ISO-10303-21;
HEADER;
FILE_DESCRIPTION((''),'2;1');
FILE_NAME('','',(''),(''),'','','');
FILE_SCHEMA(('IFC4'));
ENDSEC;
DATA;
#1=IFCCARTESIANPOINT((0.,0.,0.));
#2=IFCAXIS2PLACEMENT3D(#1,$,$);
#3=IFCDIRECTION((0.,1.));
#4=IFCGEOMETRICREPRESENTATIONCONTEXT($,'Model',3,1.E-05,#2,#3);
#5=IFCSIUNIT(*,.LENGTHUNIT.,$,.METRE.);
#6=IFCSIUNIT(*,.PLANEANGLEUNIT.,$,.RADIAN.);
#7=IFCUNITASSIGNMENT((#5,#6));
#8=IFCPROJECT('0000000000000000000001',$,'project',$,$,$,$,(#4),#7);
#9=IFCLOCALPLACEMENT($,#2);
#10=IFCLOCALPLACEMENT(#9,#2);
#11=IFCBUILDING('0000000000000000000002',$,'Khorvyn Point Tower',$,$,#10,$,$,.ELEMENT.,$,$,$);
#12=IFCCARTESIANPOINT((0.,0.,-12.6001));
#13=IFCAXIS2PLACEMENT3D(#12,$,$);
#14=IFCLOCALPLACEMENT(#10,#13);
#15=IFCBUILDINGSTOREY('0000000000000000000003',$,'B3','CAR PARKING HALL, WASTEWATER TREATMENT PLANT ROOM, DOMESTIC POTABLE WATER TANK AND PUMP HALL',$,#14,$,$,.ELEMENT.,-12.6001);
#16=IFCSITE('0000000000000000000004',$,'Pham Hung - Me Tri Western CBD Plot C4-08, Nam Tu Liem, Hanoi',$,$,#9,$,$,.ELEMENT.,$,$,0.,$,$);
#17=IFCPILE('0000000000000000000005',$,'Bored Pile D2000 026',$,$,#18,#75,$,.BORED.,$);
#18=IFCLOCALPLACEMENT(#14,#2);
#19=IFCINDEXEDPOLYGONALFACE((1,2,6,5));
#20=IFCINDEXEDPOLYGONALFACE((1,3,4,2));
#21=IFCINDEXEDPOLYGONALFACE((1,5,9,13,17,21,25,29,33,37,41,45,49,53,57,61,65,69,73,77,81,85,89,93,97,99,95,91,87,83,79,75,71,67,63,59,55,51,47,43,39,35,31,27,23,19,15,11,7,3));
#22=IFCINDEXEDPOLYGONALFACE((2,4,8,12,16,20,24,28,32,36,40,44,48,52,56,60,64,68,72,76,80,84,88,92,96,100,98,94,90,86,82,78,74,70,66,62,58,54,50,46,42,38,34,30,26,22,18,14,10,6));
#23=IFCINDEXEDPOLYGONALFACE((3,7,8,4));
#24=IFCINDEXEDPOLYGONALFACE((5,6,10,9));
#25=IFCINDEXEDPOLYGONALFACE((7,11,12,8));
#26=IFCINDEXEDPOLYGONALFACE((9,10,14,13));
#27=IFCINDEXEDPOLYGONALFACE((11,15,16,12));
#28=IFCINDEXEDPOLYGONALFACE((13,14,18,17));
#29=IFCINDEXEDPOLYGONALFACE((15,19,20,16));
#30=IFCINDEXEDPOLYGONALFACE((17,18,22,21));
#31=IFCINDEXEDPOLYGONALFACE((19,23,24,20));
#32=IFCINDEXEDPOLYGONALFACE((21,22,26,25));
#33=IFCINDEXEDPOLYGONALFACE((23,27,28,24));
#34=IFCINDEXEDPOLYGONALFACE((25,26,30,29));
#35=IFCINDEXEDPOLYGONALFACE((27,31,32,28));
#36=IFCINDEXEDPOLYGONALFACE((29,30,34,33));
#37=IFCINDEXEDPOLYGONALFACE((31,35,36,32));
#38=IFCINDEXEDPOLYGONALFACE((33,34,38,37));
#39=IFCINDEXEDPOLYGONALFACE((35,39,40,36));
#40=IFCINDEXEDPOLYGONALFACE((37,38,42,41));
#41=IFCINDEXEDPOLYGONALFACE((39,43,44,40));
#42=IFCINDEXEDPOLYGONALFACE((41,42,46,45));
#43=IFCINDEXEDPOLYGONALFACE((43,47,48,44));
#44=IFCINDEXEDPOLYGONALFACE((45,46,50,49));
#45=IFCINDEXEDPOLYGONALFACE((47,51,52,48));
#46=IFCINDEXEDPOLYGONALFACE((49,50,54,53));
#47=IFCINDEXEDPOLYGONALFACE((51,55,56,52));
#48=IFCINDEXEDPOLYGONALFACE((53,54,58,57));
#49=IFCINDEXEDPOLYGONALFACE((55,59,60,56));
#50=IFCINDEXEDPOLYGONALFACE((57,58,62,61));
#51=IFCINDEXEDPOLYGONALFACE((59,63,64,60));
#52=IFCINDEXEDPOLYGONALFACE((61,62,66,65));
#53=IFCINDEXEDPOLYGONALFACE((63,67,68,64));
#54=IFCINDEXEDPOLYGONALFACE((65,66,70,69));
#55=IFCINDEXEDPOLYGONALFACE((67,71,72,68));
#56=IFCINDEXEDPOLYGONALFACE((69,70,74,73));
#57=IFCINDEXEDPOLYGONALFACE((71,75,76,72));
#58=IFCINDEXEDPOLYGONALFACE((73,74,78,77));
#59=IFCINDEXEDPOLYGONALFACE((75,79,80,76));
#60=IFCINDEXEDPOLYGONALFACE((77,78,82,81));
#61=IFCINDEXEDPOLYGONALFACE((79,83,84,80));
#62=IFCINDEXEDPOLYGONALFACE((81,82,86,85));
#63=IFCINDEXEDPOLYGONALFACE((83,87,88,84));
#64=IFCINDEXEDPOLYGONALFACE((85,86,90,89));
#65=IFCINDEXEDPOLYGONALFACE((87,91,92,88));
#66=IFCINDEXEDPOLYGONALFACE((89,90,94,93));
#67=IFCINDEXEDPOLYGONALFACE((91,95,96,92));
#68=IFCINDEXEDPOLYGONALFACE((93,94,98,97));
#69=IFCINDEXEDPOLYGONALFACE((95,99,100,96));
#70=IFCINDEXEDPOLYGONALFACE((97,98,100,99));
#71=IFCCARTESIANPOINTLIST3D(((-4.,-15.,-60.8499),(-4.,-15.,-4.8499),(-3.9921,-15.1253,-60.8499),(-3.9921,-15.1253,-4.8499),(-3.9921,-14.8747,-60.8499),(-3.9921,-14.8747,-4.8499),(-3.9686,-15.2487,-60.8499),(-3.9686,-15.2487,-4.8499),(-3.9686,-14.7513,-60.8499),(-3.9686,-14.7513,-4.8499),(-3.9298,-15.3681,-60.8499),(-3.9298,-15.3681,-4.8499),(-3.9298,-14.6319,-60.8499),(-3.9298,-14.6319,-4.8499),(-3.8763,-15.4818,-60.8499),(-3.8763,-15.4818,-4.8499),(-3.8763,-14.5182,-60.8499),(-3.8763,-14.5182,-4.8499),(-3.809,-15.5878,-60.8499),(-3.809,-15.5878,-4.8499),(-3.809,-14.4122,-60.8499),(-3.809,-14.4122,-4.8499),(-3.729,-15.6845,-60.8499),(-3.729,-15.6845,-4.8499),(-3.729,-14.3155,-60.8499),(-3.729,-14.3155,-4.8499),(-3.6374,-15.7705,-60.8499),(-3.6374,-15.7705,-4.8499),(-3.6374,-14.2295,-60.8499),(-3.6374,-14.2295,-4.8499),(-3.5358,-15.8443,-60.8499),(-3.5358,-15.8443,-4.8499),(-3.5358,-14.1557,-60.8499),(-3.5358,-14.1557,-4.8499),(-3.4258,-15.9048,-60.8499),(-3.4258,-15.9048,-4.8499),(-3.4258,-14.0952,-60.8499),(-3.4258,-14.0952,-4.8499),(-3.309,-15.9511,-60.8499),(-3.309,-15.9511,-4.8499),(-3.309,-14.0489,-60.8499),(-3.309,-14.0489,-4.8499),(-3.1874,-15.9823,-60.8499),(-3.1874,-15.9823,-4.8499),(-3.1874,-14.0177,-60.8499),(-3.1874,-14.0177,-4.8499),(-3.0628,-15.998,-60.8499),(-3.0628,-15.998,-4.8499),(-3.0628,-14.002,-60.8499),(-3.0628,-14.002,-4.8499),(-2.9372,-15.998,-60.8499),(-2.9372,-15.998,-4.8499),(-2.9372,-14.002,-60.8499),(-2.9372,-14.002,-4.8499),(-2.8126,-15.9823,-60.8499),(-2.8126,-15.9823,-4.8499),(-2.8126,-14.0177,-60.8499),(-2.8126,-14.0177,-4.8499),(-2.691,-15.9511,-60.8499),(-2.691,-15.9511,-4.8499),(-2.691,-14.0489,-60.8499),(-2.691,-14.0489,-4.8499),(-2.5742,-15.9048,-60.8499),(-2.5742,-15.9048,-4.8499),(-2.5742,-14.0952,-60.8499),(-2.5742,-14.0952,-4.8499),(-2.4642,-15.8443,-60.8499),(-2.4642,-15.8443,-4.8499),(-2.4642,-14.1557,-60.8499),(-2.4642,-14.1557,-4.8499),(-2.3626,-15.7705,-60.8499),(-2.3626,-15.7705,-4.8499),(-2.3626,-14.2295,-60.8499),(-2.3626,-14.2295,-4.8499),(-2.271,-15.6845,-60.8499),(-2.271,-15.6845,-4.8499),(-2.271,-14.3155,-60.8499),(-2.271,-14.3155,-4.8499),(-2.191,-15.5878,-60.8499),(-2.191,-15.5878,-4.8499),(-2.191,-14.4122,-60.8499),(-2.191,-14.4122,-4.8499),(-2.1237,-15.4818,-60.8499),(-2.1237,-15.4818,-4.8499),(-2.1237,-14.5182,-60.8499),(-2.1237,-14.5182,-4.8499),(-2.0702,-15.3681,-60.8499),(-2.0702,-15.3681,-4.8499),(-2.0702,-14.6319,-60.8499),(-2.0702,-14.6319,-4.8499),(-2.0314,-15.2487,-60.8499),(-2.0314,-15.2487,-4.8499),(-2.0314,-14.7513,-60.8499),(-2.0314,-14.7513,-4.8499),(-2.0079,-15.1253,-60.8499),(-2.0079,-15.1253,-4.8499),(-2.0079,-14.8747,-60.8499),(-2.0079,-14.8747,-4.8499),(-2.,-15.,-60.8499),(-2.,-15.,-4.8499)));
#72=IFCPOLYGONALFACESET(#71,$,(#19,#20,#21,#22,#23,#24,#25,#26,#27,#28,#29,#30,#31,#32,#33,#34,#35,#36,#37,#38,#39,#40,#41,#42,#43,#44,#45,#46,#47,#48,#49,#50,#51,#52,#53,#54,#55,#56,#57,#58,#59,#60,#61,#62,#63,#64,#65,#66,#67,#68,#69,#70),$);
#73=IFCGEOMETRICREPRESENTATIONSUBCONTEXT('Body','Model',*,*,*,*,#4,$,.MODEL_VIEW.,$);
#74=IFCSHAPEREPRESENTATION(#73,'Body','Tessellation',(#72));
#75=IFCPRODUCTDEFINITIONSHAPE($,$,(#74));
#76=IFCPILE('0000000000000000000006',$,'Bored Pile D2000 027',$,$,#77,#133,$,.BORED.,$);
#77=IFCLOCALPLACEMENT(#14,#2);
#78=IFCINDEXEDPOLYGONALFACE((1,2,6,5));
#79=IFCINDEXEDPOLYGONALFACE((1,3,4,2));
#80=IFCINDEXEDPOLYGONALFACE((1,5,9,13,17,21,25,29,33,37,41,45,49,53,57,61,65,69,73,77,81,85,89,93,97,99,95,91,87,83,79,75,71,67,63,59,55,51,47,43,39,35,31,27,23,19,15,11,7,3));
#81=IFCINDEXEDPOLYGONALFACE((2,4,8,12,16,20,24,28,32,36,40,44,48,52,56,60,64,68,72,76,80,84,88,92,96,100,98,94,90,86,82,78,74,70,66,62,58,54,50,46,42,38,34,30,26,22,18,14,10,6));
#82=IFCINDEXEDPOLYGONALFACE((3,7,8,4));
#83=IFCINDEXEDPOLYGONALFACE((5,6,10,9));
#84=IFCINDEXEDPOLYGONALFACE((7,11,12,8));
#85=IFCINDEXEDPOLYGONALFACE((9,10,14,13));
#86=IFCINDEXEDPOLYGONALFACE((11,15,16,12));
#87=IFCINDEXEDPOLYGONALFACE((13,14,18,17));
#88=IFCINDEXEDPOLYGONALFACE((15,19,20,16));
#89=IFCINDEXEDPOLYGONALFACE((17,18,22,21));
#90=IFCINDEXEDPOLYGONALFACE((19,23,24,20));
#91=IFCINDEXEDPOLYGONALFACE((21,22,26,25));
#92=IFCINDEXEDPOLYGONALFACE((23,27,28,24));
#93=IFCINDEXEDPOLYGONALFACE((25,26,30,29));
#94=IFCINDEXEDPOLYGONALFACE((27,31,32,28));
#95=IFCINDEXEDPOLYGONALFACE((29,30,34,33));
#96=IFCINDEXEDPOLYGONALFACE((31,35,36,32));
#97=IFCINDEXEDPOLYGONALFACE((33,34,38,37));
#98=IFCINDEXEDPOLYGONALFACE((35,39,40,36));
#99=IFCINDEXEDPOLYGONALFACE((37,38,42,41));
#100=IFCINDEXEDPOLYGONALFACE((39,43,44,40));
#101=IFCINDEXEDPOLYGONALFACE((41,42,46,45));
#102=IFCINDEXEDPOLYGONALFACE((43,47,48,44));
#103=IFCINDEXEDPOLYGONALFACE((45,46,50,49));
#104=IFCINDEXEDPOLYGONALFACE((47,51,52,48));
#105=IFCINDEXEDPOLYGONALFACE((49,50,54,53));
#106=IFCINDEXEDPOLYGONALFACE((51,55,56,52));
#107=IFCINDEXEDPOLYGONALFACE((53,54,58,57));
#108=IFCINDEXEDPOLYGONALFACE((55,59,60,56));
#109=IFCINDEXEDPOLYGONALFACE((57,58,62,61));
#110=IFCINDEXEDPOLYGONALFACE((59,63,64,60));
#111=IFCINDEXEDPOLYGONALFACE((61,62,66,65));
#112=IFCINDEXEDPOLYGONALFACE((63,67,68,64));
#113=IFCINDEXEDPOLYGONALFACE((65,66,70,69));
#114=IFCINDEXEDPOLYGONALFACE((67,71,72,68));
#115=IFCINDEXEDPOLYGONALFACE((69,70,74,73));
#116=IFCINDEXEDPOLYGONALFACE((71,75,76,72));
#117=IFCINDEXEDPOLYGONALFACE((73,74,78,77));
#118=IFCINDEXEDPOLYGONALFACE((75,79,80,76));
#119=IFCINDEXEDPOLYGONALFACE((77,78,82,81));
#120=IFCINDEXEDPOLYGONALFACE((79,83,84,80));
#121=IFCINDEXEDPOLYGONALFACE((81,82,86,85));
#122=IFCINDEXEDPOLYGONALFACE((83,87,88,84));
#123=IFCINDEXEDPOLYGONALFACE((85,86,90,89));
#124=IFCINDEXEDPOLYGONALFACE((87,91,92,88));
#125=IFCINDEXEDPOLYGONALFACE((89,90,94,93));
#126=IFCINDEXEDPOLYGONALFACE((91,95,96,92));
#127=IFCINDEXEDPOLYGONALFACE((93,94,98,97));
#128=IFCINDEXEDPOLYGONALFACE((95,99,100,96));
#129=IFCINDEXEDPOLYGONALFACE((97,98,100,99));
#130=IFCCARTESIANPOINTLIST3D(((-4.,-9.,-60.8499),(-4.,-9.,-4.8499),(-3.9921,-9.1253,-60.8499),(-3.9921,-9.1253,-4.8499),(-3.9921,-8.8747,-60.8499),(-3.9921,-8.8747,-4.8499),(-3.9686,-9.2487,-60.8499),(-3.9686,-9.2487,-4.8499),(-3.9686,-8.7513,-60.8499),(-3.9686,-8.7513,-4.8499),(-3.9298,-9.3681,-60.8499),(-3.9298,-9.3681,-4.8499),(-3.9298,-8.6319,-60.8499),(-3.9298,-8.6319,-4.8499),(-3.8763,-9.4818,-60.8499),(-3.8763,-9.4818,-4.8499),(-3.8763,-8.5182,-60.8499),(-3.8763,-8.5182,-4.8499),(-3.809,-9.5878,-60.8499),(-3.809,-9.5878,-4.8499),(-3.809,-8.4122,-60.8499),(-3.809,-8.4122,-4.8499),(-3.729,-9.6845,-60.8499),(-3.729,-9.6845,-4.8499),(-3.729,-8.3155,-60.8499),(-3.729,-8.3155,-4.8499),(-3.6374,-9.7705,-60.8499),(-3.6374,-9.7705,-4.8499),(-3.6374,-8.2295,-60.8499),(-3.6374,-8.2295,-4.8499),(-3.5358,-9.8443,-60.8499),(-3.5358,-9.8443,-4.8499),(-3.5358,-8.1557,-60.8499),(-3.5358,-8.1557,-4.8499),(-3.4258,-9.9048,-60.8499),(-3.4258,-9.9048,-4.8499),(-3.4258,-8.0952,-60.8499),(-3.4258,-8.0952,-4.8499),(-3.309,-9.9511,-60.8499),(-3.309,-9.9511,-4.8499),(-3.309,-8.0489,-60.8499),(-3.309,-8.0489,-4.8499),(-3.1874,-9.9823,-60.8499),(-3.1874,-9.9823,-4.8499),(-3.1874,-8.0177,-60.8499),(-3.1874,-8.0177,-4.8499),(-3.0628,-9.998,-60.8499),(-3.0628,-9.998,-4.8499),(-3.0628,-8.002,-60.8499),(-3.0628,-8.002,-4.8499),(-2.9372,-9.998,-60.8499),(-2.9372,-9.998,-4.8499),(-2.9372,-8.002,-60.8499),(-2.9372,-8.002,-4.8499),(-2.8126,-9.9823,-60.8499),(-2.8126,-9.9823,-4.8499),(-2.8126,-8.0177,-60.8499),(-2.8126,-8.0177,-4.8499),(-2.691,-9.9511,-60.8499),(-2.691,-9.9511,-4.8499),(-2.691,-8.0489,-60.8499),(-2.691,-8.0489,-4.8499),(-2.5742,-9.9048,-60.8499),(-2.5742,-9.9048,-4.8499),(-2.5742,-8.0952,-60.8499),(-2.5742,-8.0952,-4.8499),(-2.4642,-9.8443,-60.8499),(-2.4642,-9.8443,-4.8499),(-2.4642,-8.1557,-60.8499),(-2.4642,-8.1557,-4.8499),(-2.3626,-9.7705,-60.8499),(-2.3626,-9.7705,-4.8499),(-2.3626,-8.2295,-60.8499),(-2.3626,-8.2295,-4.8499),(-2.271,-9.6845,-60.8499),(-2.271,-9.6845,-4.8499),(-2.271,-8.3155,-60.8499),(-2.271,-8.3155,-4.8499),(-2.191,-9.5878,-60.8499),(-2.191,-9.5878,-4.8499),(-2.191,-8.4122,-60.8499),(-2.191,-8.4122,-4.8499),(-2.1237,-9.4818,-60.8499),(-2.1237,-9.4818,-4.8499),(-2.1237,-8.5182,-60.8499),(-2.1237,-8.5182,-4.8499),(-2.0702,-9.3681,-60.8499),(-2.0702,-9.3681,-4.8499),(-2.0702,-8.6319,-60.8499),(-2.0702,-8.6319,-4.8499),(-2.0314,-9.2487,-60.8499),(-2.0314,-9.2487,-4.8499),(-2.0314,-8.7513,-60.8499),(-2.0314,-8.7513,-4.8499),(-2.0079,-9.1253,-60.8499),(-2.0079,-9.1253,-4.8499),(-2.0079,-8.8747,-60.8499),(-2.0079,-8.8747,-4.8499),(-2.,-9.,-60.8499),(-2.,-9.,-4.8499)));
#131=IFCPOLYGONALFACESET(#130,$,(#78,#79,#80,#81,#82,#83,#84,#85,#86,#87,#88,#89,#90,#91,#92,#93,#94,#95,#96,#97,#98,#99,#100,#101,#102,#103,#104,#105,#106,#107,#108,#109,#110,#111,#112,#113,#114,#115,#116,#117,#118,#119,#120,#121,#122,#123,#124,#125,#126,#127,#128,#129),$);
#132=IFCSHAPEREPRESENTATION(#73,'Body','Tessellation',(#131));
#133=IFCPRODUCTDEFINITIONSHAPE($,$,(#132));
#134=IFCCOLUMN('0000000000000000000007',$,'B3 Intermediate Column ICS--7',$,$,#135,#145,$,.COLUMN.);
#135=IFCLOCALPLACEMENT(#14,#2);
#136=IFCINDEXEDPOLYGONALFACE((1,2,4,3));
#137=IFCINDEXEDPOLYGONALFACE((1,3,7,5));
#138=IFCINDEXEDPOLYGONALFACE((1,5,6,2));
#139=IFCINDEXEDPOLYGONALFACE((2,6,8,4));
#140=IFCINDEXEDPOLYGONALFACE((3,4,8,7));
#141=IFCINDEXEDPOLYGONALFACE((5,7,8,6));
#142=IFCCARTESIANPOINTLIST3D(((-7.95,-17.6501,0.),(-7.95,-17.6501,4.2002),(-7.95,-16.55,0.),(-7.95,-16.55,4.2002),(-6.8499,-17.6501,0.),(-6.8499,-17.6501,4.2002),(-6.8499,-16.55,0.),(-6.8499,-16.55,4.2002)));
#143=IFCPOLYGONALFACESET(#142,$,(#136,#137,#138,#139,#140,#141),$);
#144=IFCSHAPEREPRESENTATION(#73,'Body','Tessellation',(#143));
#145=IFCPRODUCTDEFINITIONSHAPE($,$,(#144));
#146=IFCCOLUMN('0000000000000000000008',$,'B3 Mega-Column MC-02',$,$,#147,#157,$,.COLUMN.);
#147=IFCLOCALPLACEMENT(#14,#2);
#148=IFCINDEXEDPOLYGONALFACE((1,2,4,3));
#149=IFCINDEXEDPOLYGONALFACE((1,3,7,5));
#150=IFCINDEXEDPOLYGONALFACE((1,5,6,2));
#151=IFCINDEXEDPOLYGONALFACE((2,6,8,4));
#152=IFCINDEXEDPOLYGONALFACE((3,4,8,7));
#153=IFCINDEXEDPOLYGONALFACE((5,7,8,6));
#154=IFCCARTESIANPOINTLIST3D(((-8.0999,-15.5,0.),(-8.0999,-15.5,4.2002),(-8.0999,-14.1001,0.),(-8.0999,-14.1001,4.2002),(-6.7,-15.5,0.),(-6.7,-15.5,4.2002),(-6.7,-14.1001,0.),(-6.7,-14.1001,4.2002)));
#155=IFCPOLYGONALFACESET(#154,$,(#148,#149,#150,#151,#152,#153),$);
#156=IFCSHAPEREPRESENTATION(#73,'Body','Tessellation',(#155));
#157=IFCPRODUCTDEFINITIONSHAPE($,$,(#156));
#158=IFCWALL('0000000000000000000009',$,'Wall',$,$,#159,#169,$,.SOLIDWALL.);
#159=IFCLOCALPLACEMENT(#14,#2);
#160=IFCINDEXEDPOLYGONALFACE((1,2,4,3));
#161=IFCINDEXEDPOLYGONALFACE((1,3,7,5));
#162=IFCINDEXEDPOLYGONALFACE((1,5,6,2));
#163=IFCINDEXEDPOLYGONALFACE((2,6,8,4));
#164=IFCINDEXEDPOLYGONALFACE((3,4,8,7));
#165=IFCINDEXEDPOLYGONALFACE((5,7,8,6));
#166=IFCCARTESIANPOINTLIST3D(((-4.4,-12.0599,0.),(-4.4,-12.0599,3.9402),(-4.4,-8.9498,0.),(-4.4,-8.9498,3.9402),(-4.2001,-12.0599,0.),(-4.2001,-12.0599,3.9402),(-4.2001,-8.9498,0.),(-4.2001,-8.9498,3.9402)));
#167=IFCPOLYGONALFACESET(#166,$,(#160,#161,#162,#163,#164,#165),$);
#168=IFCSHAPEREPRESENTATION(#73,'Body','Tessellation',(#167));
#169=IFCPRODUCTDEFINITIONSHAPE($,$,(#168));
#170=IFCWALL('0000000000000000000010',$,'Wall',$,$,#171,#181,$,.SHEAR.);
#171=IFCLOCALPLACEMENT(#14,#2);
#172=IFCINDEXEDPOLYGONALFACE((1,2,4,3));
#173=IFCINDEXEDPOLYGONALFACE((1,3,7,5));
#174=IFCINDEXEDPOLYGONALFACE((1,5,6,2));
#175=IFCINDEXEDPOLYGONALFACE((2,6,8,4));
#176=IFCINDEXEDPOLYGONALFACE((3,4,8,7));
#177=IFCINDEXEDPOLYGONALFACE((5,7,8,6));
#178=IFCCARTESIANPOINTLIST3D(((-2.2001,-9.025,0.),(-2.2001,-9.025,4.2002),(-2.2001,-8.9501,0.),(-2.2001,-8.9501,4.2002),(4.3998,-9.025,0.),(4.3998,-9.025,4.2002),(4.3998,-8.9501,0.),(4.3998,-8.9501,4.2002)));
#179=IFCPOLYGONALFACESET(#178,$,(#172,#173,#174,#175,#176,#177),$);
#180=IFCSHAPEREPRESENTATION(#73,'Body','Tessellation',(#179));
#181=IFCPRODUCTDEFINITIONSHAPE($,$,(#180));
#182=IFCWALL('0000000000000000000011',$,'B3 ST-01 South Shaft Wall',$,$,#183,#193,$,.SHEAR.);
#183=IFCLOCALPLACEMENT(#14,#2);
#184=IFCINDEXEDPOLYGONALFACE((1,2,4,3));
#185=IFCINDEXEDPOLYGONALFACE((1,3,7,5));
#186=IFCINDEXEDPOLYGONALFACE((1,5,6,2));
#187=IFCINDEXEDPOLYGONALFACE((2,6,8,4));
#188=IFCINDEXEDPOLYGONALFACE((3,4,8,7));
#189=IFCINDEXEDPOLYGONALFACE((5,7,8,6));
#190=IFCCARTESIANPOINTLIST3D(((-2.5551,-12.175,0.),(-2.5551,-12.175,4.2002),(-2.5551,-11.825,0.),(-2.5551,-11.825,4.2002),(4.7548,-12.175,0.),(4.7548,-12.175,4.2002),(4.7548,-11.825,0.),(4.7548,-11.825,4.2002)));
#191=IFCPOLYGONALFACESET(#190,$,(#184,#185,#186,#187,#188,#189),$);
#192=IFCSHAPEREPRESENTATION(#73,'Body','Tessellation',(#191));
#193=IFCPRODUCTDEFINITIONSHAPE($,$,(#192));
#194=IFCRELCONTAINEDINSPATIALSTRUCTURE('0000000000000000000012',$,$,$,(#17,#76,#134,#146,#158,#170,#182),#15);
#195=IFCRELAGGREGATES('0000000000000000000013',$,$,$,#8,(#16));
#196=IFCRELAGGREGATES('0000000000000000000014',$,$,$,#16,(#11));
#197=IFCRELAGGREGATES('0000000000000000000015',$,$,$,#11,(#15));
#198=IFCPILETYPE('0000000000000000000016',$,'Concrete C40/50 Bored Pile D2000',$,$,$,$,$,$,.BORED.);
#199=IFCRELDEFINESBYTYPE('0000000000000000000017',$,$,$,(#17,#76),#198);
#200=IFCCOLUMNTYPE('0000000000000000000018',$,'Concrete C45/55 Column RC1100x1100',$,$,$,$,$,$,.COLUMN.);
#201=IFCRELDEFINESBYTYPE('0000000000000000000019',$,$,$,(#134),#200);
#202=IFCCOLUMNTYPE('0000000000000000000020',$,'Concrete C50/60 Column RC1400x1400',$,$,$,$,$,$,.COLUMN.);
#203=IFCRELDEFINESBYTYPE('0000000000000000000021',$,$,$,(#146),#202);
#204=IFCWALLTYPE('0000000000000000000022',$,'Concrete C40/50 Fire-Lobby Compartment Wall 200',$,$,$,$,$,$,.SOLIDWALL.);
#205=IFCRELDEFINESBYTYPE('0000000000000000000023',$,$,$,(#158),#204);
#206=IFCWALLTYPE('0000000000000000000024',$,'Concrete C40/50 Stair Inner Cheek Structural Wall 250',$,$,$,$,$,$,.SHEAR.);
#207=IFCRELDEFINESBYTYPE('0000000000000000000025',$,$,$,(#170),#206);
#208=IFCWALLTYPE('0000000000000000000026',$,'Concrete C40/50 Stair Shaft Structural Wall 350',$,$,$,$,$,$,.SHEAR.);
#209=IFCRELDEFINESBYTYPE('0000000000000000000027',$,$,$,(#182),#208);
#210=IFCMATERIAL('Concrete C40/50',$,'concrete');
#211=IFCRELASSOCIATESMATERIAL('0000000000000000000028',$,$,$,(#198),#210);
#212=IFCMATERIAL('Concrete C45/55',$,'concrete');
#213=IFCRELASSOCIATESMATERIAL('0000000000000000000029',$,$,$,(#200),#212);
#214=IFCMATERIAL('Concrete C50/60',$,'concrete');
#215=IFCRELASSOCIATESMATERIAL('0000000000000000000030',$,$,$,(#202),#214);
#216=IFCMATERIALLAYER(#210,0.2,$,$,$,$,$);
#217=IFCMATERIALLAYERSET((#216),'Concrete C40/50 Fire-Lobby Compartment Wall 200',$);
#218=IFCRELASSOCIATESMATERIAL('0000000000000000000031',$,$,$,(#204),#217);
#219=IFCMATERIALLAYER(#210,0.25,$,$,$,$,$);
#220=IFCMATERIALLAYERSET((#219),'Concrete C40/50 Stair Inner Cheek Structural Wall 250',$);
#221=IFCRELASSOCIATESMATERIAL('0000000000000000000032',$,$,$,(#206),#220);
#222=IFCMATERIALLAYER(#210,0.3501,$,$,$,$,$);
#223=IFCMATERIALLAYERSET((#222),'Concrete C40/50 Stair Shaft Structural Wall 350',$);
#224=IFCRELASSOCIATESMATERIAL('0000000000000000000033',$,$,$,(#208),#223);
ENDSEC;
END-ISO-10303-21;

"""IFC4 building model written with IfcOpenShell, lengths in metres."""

from ifc_helpers import new_model, si_unit, direction, frame, frame_2d, origin, origin_2d, place, context, subcontext, project, spatial, rectangle, circle, extrude, material, layer, layer_set, material_profile, profile_set, type_object, element, save


model = new_model("IFC4")

# Units and contexts
model_context = context("Model", 3, precision=1e-05, world=origin(), true_north=direction((0.0, 1.0)))
body_context = subcontext(model_context, "Body", "Model", "MODEL_VIEW")
ifc_project = project(units=[si_unit("LENGTHUNIT", "METRE"), si_unit("PLANEANGLEUNIT", "RADIAN")], contexts=[model_context])

# Site, building, storey
site_placement = place(None, origin())
site = spatial("IfcSite", under=ifc_project, at=site_placement, Name="Pham Hung - Me Tri Western CBD Plot C4-08, Nam Tu Liem, Hanoi", CompositionType="ELEMENT", RefElevation=0.0)
building_placement = place(site_placement, origin())
building = spatial("IfcBuilding", under=site, at=building_placement, Name="Khorvyn Point Tower", CompositionType="ELEMENT")
storey_placement = place(building_placement, frame((0.0, 0.0, -12.6001)))
storey = spatial("IfcBuildingStorey", under=building, at=storey_placement, Name="B3", Description="CAR PARKING HALL, WASTEWATER TREATMENT PLANT ROOM, DOMESTIC POTABLE WATER TANK AND PUMP HALL", CompositionType="ELEMENT", Elevation=-12.6001)

# Piles
ifc_material_1 = material(Name="Concrete C40/50", Category="concrete")
ifc_material_profile_1 = material_profile(ifc_material_1, circle(Radius=1.0, at=origin_2d()))
ifc_profile_set_1 = profile_set([ifc_material_profile_1], Name="Concrete C40/50 PILE-D2000")
pile_type_1 = type_object("IfcPileType", Name="Concrete C40/50 Bored Pile D2000", PredefinedType="BORED", material=ifc_profile_set_1)
for number, where, z_axis, x_axis, name in (
    (1, (-3.0, -15.0, -4.8499), (0.0, 0.0, -1.0), (1.0, 0.0, 0.0), "Bored Pile D2000 026"),
    (2, (-3.0, -9.0, -4.8499), (0.0, 0.0, -1.0), (1.0, 0.0, 0.0), "Bored Pile D2000 027"),
):
    element("IfcPile", number, at=place(storey_placement, frame(where, z_axis=z_axis, x_axis=x_axis)), inside=storey, type_object=pile_type_1, Name=name, PredefinedType="BORED", context=body_context, shape_type="SweptSolid", body=[
        extrude(circle(Radius=1.0, at=origin_2d()), origin(), (0.0, 0.0, 1.0), 56.0),
    ])

# Columns
ifc_material_2 = material(Name="Concrete C45/55", Category="concrete")
ifc_material_profile_2 = material_profile(ifc_material_2, rectangle(XDim=1.1001, YDim=1.1001, at=origin_2d()))
ifc_profile_set_2 = profile_set([ifc_material_profile_2], Name="Concrete C45/55 RC1100x1100")
column_type_1 = type_object("IfcColumnType", Name="Concrete C45/55 Column RC1100x1100", PredefinedType="COLUMN", material=ifc_profile_set_2)
column_1_placement = place(storey_placement, frame((-7.3999, -17.1001, 0.0), z_axis=(0.0, 0.0, 1.0), x_axis=(1.0, 0.0, 0.0)))
element("IfcColumn", 3, at=column_1_placement, inside=storey, type_object=column_type_1, Name="B3 Intermediate Column ICS--7", PredefinedType="COLUMN", context=body_context, shape_type="SweptSolid", body=[
    extrude(rectangle(XDim=1.1001, YDim=1.1001, at=origin_2d()), origin(), (0.0, 0.0, 1.0), 4.2002),
])
ifc_material_3 = material(Name="Concrete C50/60", Category="concrete")
ifc_material_profile_3 = material_profile(ifc_material_3, rectangle(XDim=1.3999, YDim=1.3999, at=origin_2d()))
ifc_profile_set_3 = profile_set([ifc_material_profile_3], Name="Concrete C50/60 RC1400x1400")
column_type_2 = type_object("IfcColumnType", Name="Concrete C50/60 Column RC1400x1400", PredefinedType="COLUMN", material=ifc_profile_set_3)
column_2_placement = place(storey_placement, frame((-7.3999, -14.8, 0.0), z_axis=(0.0, 0.0, 1.0), x_axis=(1.0, 0.0, 0.0)))
element("IfcColumn", 4, at=column_2_placement, inside=storey, type_object=column_type_2, Name="B3 Mega-Column MC-02", PredefinedType="COLUMN", context=body_context, shape_type="SweptSolid", body=[
    extrude(rectangle(XDim=1.3999, YDim=1.3999, at=origin_2d()), origin(), (0.0, 0.0, 1.0), 4.2002),
])

# Shared definitions
ifc_layer_1 = layer(ifc_material_1, 0.2)
ifc_layer_set_1 = layer_set([ifc_layer_1], Name="Concrete C40/50 Fire-Lobby Compartment Wall 200")
wall_type_1 = type_object("IfcWallType", Name="Concrete C40/50 Fire-Lobby Compartment Wall 200", PredefinedType="SOLIDWALL", material=ifc_layer_set_1)

# Walls
wall_1_placement = place(storey_placement, frame((-4.3, -12.0601, 0.0), z_axis=(0.0, 0.0, 1.0), x_axis=(0.0, 1.0, 0.0)))
element("IfcWall", 5, at=wall_1_placement, inside=storey, type_object=wall_type_1, Name="Wall", PredefinedType="SOLIDWALL", context=body_context, shape_type="SweptSolid", body=[
    extrude(rectangle(XDim=3.1101, YDim=0.2, at=frame_2d((1.5552, 0.0))), origin(), (0.0, 0.0, 1.0), 3.9402),
])
ifc_layer_2 = layer(ifc_material_1, 0.25)
ifc_layer_set_2 = layer_set([ifc_layer_2], Name="Concrete C40/50 Stair Inner Cheek Structural Wall 250")
wall_type_2 = type_object("IfcWallType", Name="Concrete C40/50 Stair Inner Cheek Structural Wall 250", PredefinedType="SHEAR", material=ifc_layer_set_2)
wall_2_placement = place(storey_placement, frame((-2.2, -8.9875, 0.0), z_axis=(0.0, 0.0, 1.0), x_axis=(1.0, 0.0, 0.0)))
element("IfcWall", 6, at=wall_2_placement, inside=storey, type_object=wall_type_2, Name="Wall", PredefinedType="SHEAR", context=body_context, shape_type="SweptSolid", body=[
    extrude(rectangle(XDim=6.5999, YDim=0.075, at=frame_2d((3.2998, 0.0))), origin(), (0.0, 0.0, 1.0), 4.2002),
])
ifc_layer_3 = layer(ifc_material_1, 0.3501)
ifc_layer_set_3 = layer_set([ifc_layer_3], Name="Concrete C40/50 Stair Shaft Structural Wall 350")
wall_type_3 = type_object("IfcWallType", Name="Concrete C40/50 Stair Shaft Structural Wall 350", PredefinedType="SHEAR", material=ifc_layer_set_3)
wall_3_placement = place(storey_placement, frame((-2.5549, -12.0, 0.0), z_axis=(0.0, 0.0, 1.0), x_axis=(1.0, 0.0, 0.0)))
element("IfcWall", 7, at=wall_3_placement, inside=storey, type_object=wall_type_3, Name="B3 ST-01 South Shaft Wall", PredefinedType="SHEAR", context=body_context, shape_type="SweptSolid", body=[
    extrude(rectangle(XDim=7.3098, YDim=0.3501, at=frame_2d((3.6548, 0.0))), origin(), (0.0, 0.0, 1.0), 4.2002),
])

save(model, "model.ifc")
